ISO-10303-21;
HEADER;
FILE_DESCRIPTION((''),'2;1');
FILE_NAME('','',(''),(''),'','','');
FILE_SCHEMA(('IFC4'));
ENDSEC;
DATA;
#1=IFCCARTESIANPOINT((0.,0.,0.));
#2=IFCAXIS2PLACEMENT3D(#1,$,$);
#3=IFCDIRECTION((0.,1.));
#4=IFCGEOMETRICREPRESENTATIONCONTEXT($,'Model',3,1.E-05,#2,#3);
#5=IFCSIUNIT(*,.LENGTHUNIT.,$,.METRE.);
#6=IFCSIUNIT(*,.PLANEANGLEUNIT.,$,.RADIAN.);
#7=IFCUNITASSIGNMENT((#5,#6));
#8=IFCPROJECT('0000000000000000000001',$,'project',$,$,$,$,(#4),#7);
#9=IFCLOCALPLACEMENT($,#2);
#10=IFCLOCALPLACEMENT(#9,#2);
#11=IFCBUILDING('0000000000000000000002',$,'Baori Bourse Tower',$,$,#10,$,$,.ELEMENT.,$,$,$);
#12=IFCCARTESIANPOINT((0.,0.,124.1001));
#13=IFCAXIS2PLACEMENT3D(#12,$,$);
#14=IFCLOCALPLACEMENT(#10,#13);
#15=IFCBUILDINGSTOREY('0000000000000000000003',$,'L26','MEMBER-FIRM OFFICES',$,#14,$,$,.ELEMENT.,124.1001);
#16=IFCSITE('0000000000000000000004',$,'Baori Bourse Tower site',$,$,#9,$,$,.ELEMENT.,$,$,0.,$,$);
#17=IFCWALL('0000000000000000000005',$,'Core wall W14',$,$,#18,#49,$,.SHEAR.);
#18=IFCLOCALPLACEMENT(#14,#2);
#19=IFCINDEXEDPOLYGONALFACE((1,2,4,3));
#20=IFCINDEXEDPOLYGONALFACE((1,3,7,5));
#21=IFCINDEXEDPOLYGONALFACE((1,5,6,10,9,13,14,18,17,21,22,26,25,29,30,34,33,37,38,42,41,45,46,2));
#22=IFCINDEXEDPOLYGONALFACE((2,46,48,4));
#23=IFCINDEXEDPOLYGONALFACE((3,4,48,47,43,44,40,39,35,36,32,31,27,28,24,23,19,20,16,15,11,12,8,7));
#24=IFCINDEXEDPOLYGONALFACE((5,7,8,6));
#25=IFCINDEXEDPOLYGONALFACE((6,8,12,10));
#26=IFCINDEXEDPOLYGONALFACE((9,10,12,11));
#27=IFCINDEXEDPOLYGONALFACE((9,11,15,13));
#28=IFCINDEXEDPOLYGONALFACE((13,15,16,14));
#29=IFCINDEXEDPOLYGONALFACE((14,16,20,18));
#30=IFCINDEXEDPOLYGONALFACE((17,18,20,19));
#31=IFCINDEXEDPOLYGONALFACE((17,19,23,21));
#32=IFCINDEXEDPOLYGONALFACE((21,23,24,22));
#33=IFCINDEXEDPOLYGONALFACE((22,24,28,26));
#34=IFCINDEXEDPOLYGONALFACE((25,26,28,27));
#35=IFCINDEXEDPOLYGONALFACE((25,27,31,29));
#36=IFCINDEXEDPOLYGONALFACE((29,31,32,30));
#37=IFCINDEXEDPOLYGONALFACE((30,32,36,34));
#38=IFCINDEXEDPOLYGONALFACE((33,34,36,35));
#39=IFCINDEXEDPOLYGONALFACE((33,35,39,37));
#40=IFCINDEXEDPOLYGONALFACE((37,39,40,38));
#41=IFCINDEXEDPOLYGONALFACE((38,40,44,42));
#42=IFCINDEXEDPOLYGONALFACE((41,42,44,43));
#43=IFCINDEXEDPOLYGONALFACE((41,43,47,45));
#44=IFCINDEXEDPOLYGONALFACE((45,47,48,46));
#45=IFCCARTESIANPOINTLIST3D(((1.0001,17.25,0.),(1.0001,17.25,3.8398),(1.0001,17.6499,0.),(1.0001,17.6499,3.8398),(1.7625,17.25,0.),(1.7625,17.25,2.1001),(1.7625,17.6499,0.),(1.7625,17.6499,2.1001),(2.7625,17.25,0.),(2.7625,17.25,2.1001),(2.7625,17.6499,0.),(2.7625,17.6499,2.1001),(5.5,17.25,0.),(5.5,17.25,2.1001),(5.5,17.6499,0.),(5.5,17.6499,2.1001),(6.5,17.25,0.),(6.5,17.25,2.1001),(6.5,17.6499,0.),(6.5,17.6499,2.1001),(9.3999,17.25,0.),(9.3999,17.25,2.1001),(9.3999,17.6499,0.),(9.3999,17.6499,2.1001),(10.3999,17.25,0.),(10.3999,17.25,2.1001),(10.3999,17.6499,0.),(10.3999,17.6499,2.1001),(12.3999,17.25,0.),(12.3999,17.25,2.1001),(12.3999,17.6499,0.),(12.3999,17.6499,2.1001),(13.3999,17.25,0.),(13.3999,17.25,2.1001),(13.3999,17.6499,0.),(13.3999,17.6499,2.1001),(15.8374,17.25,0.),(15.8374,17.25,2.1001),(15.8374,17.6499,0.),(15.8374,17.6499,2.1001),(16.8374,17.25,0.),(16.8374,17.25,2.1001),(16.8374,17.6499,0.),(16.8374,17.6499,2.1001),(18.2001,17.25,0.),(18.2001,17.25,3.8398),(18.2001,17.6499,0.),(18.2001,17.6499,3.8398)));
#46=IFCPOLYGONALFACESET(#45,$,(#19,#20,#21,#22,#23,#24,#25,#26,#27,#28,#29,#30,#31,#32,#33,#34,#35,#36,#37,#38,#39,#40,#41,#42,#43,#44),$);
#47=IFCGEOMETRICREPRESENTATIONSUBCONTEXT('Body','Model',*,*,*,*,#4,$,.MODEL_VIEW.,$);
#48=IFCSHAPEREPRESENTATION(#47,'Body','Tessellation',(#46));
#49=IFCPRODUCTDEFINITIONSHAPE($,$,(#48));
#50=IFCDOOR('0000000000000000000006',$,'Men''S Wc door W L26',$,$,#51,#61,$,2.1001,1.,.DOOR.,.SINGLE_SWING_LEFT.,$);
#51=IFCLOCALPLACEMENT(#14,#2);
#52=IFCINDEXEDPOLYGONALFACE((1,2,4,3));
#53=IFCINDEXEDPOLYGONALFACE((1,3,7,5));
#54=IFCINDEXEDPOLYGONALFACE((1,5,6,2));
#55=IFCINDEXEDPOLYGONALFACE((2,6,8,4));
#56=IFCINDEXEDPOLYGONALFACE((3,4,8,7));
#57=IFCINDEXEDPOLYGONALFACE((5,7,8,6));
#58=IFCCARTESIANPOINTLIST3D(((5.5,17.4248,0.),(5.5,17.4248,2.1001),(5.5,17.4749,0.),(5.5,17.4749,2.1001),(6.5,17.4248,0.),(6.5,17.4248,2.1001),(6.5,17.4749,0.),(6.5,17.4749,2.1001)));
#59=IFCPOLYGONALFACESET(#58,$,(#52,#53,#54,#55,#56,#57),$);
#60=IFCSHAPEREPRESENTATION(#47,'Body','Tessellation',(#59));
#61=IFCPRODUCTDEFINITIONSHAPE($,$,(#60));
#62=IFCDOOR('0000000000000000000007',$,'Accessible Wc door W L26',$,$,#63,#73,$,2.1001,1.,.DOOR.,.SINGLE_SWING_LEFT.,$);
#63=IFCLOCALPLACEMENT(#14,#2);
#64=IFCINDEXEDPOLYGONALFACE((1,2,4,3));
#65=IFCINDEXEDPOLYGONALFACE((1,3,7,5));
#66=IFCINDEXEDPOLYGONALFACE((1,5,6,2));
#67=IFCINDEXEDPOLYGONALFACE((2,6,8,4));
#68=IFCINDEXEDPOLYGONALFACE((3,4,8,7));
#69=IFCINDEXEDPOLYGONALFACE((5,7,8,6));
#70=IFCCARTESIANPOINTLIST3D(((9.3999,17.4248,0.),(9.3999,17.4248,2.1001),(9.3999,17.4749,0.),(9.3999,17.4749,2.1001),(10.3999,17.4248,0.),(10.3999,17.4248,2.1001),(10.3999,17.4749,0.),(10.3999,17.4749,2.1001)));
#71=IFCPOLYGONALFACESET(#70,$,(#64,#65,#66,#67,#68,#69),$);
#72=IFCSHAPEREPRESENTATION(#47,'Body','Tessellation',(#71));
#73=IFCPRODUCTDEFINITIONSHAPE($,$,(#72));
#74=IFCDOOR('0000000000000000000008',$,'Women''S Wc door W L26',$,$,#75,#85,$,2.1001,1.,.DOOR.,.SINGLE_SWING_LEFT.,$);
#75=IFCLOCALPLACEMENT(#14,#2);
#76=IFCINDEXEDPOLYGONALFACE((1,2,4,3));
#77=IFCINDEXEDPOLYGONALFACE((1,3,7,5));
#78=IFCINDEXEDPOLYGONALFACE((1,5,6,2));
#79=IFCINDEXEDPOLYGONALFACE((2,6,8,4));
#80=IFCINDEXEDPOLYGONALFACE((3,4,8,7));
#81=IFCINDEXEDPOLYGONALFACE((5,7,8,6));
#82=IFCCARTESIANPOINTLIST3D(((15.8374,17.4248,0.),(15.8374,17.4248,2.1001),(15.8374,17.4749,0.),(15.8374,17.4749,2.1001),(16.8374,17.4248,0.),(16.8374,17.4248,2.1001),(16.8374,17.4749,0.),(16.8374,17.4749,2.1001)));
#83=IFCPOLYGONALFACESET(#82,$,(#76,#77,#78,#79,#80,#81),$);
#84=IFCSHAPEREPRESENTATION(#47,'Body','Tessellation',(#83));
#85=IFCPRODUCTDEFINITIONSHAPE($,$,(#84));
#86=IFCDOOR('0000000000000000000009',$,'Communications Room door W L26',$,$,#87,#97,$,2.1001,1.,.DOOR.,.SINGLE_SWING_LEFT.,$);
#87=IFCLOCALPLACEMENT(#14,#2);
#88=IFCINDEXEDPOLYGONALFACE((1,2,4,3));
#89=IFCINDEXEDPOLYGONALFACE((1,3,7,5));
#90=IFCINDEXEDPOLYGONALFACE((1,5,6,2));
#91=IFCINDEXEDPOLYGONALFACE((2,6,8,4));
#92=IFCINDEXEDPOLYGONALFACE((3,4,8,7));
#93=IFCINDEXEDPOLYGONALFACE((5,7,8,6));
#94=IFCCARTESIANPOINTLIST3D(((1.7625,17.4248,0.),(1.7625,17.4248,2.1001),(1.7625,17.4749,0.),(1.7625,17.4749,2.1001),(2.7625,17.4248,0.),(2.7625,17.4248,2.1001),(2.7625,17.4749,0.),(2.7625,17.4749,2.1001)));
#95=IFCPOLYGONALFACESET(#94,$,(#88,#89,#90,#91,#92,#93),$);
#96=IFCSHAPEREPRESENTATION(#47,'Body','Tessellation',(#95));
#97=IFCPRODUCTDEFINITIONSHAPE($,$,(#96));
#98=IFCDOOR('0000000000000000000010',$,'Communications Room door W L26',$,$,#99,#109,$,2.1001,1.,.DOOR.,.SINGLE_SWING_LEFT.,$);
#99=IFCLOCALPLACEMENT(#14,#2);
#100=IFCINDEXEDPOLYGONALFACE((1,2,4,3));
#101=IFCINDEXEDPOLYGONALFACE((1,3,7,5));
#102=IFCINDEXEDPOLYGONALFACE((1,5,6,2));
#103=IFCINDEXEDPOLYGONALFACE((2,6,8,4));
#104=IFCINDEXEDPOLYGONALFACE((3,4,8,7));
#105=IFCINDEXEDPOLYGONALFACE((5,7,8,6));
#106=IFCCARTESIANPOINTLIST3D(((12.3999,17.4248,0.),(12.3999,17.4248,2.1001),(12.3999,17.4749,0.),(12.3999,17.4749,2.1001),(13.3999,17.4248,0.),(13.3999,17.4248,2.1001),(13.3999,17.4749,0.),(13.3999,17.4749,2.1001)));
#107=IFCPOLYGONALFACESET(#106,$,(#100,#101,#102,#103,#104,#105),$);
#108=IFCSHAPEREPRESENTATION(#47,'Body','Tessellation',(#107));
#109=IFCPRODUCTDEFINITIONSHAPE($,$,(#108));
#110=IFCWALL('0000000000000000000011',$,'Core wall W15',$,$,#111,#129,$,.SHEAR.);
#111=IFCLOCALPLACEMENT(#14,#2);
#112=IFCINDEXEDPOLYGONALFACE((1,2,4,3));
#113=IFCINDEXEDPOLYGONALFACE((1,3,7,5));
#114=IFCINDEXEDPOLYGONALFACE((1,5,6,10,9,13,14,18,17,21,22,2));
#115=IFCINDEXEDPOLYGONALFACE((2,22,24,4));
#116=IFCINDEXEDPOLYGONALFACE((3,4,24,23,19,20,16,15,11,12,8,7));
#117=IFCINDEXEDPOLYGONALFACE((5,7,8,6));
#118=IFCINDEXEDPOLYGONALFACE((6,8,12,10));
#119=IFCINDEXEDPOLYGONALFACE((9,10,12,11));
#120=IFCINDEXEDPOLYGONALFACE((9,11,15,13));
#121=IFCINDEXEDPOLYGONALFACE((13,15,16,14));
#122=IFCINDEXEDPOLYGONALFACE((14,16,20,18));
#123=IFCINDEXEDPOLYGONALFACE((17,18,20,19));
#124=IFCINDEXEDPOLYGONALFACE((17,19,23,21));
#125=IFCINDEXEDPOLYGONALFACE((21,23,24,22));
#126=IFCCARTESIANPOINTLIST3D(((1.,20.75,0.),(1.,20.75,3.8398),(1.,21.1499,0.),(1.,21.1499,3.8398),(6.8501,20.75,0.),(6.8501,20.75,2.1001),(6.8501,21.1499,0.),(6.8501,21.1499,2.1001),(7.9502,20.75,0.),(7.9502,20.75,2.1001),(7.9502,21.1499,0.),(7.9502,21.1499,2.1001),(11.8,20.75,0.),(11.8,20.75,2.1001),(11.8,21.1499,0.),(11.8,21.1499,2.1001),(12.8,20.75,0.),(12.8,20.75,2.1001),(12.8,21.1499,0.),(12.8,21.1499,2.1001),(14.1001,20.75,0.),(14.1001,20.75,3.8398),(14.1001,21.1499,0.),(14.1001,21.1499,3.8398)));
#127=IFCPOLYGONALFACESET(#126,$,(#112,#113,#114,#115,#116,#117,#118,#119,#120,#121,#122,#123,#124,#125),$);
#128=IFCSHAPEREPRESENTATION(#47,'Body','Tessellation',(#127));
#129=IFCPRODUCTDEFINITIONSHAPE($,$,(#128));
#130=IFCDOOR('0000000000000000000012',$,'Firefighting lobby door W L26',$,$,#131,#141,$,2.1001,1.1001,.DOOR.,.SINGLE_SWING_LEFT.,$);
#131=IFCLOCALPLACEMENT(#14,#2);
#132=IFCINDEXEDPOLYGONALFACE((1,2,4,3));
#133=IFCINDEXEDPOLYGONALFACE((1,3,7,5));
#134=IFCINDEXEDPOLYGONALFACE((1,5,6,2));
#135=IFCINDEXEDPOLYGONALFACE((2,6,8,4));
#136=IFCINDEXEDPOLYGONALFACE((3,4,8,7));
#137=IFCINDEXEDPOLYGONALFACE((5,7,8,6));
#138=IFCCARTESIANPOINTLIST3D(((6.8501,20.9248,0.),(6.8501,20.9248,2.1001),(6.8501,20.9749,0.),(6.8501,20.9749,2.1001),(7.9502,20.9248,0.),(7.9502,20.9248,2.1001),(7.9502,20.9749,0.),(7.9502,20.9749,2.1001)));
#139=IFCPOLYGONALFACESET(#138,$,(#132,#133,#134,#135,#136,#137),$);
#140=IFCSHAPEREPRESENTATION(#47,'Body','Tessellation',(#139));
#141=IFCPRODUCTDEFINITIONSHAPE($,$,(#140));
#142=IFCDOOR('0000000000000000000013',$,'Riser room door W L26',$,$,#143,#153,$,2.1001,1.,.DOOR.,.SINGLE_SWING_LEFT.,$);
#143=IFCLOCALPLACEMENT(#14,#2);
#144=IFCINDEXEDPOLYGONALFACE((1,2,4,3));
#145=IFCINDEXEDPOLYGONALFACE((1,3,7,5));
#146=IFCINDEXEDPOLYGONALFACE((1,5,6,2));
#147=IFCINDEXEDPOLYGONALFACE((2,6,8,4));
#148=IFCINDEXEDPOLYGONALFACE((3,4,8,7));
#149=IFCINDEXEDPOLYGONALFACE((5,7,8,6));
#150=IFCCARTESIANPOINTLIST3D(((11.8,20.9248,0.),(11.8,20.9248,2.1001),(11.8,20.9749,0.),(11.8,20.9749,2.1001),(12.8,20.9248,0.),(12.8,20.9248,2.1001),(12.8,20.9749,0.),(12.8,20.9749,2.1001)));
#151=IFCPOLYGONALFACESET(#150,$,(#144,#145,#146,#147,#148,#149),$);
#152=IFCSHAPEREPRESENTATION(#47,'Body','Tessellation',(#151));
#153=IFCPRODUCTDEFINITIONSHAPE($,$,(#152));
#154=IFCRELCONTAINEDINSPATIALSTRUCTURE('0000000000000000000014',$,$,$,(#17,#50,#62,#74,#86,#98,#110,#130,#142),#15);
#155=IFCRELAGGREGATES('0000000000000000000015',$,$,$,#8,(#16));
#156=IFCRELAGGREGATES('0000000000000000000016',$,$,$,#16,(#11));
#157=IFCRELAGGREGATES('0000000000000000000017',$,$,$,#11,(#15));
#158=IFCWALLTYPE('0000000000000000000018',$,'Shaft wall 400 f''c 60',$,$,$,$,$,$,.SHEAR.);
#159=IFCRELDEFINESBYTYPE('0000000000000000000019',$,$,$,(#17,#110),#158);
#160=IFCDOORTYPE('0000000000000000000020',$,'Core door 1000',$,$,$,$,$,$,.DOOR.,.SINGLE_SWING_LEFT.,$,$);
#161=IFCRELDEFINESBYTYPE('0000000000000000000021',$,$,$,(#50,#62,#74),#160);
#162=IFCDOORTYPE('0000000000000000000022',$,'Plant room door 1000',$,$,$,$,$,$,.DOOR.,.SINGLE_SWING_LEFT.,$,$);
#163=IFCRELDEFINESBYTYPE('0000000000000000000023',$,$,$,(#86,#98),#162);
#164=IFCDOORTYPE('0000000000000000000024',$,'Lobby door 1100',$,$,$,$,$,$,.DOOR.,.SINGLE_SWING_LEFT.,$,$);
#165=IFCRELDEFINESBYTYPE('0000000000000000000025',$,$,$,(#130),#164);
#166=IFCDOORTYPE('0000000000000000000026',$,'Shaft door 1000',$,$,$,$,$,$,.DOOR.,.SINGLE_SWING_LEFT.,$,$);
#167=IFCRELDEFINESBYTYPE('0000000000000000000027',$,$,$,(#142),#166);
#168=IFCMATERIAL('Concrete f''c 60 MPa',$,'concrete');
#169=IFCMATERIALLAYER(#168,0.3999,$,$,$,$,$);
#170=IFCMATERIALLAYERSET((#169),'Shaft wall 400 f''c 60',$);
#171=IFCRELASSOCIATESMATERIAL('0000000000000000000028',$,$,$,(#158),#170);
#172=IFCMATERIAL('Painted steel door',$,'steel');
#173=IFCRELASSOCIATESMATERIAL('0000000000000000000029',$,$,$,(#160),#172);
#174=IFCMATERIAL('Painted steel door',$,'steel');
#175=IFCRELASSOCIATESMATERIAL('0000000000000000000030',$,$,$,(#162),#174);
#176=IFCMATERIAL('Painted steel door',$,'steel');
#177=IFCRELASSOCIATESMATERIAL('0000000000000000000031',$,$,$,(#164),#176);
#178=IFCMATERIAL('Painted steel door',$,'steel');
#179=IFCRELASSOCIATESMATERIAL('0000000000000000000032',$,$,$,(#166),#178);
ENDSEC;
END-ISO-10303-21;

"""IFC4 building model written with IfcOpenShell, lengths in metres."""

from ifc_helpers import new_model, si_unit, direction, frame, frame_2d, origin, place, context, subcontext, project, spatial, rectangle, extrude, material, layer, layer_set, type_object, element, fill, save


model = new_model("IFC4")

# Units and contexts
model_context = context("Model", 3, precision=1e-05, world=origin(), true_north=direction((0.0, 1.0)))
body_context = subcontext(model_context, "Body", "Model", "MODEL_VIEW")
ifc_project = project(units=[si_unit("LENGTHUNIT", "METRE"), si_unit("PLANEANGLEUNIT", "RADIAN")], contexts=[model_context])

# Site, building, storey
site_placement = place(None, origin())
site = spatial("IfcSite", under=ifc_project, at=site_placement, Name="Baori Bourse Tower site", CompositionType="ELEMENT", RefElevation=0.0)
building_placement = place(site_placement, origin())
building = spatial("IfcBuilding", under=site, at=building_placement, Name="Baori Bourse Tower", CompositionType="ELEMENT")
storey_placement = place(building_placement, frame((0.0, 0.0, 124.1001)))
storey = spatial("IfcBuildingStorey", under=building, at=storey_placement, Name="L26", Description="MEMBER-FIRM OFFICES", CompositionType="ELEMENT", Elevation=124.1001)

# Shared definitions
ifc_material_1 = material(Name="Concrete f'c 60 MPa", Category="concrete")
ifc_layer_1 = layer(ifc_material_1, 0.3999)
ifc_layer_set_1 = layer_set([ifc_layer_1], Name="Shaft wall 400 f'c 60")
wall_type_1 = type_object("IfcWallType", Name="Shaft wall 400 f'c 60", PredefinedType="SHEAR", material=ifc_layer_set_1)

# Walls, openings, doors
wall_1_placement = place(storey_placement, frame((1.0, 17.45, 0.0), z_axis=(0.0, 0.0, 1.0), x_axis=(1.0, 0.0, 0.0)))
wall_1 = element("IfcWall", 1, at=wall_1_placement, inside=storey, type_object=wall_type_1, Name="Core wall W14", PredefinedType="SHEAR", context=body_context, shape_type="SweptSolid", body=[
    extrude(rectangle(XDim=17.2, YDim=0.3999, at=frame_2d((8.6001, 0.0))), origin(), (0.0, 0.0, 1.0), 3.8398),
])
opening_1_placement = place(wall_1_placement, frame((0.7625, 0.0, 0.0)))
opening_1 = element("IfcOpeningElement", 2, at=opening_1_placement, cuts=wall_1, PredefinedType="OPENING", context=body_context, shape_type="SweptSolid", body=[
    extrude(rectangle(XDim=1.0, YDim=2.1001, at=frame_2d((0.5, 1.05))), frame((0.0, 0.21, 0.0), z_axis=(0.0, -1.0, 0.0), x_axis=(1.0, 0.0, 0.0)), (0.0, 0.0, 1.0), 0.4199),
])
opening_2_placement = place(wall_1_placement, frame((4.5, 0.0, 0.0)))
opening_2 = element("IfcOpeningElement", 3, at=opening_2_placement, cuts=wall_1, PredefinedType="OPENING", context=body_context, shape_type="SweptSolid", body=[
    extrude(rectangle(XDim=1.0, YDim=2.1001, at=frame_2d((0.5, 1.05))), frame((0.0, 0.21, 0.0), z_axis=(0.0, -1.0, 0.0), x_axis=(1.0, 0.0, 0.0)), (0.0, 0.0, 1.0), 0.4199),
])
opening_3_placement = place(wall_1_placement, frame((8.3999, 0.0, 0.0)))
opening_3 = element("IfcOpeningElement", 4, at=opening_3_placement, cuts=wall_1, PredefinedType="OPENING", context=body_context, shape_type="SweptSolid", body=[
    extrude(rectangle(XDim=1.0, YDim=2.1001, at=frame_2d((0.5, 1.05))), frame((0.0, 0.21, 0.0), z_axis=(0.0, -1.0, 0.0), x_axis=(1.0, 0.0, 0.0)), (0.0, 0.0, 1.0), 0.4199),
])
opening_4_placement = place(wall_1_placement, frame((11.3999, 0.0, 0.0)))
opening_4 = element("IfcOpeningElement", 5, at=opening_4_placement, cuts=wall_1, PredefinedType="OPENING", context=body_context, shape_type="SweptSolid", body=[
    extrude(rectangle(XDim=1.0, YDim=2.1001, at=frame_2d((0.5, 1.05))), frame((0.0, 0.21, 0.0), z_axis=(0.0, -1.0, 0.0), x_axis=(1.0, 0.0, 0.0)), (0.0, 0.0, 1.0), 0.4199),
])
opening_5_placement = place(wall_1_placement, frame((14.8374, 0.0, 0.0)))
opening_5 = element("IfcOpeningElement", 6, at=opening_5_placement, cuts=wall_1, PredefinedType="OPENING", context=body_context, shape_type="SweptSolid", body=[
    extrude(rectangle(XDim=1.0, YDim=2.1001, at=frame_2d((0.5, 1.05))), frame((0.0, 0.21, 0.0), z_axis=(0.0, -1.0, 0.0), x_axis=(1.0, 0.0, 0.0)), (0.0, 0.0, 1.0), 0.4199),
])
ifc_material_2 = material(Name="Painted steel door", Category="steel")
door_type_1 = type_object("IfcDoorType", Name="Core door 1000", OperationType="SINGLE_SWING_LEFT", PredefinedType="DOOR", material=ifc_material_2)
door_1_placement = place(opening_2_placement, origin())
door_1 = element("IfcDoor", 7, at=door_1_placement, inside=storey, type_object=door_type_1, Name="Men'S Wc door W L26", OperationType="SINGLE_SWING_LEFT", OverallHeight=2.1001, OverallWidth=1.0, PredefinedType="DOOR", context=body_context, shape_type="SweptSolid", body=[
    extrude(rectangle(XDim=1.0, YDim=2.1001, at=frame_2d((0.5, 1.05))), frame((0.0, 0.0249, 0.0), z_axis=(0.0, -1.0, 0.0), x_axis=(1.0, 0.0, 0.0)), (0.0, 0.0, 1.0), 0.05),
])
fill(opening_2, door_1)
door_2_placement = place(opening_3_placement, origin())
door_2 = element("IfcDoor", 8, at=door_2_placement, inside=storey, type_object=door_type_1, Name="Accessible Wc door W L26", OperationType="SINGLE_SWING_LEFT", OverallHeight=2.1001, OverallWidth=1.0, PredefinedType="DOOR", context=body_context, shape_type="SweptSolid", body=[
    extrude(rectangle(XDim=1.0, YDim=2.1001, at=frame_2d((0.5, 1.05))), frame((0.0, 0.0249, 0.0), z_axis=(0.0, -1.0, 0.0), x_axis=(1.0, 0.0, 0.0)), (0.0, 0.0, 1.0), 0.05),
])
fill(opening_3, door_2)
door_3_placement = place(opening_5_placement, origin())
door_3 = element("IfcDoor", 9, at=door_3_placement, inside=storey, type_object=door_type_1, Name="Women'S Wc door W L26", OperationType="SINGLE_SWING_LEFT", OverallHeight=2.1001, OverallWidth=1.0, PredefinedType="DOOR", context=body_context, shape_type="SweptSolid", body=[
    extrude(rectangle(XDim=1.0, YDim=2.1001, at=frame_2d((0.5, 1.05))), frame((0.0, 0.0249, 0.0), z_axis=(0.0, -1.0, 0.0), x_axis=(1.0, 0.0, 0.0)), (0.0, 0.0, 1.0), 0.05),
])
fill(opening_5, door_3)
ifc_material_3 = material(Name="Painted steel door", Category="steel")
door_type_2 = type_object("IfcDoorType", Name="Plant room door 1000", OperationType="SINGLE_SWING_LEFT", PredefinedType="DOOR", material=ifc_material_3)
door_4_placement = place(opening_1_placement, origin())
door_4 = element("IfcDoor", 10, at=door_4_placement, inside=storey, type_object=door_type_2, Name="Communications Room door W L26", OperationType="SINGLE_SWING_LEFT", OverallHeight=2.1001, OverallWidth=1.0, PredefinedType="DOOR", context=body_context, shape_type="SweptSolid", body=[
    extrude(rectangle(XDim=1.0, YDim=2.1001, at=frame_2d((0.5, 1.05))), frame((0.0, 0.0249, 0.0), z_axis=(0.0, -1.0, 0.0), x_axis=(1.0, 0.0, 0.0)), (0.0, 0.0, 1.0), 0.05),
])
fill(opening_1, door_4)
door_5_placement = place(opening_4_placement, origin())
door_5 = element("IfcDoor", 11, at=door_5_placement, inside=storey, type_object=door_type_2, Name="Communications Room door W L26", OperationType="SINGLE_SWING_LEFT", OverallHeight=2.1001, OverallWidth=1.0, PredefinedType="DOOR", context=body_context, shape_type="SweptSolid", body=[
    extrude(rectangle(XDim=1.0, YDim=2.1001, at=frame_2d((0.5, 1.05))), frame((0.0, 0.0249, 0.0), z_axis=(0.0, -1.0, 0.0), x_axis=(1.0, 0.0, 0.0)), (0.0, 0.0, 1.0), 0.05),
])
fill(opening_4, door_5)
wall_2_placement = place(storey_placement, frame((1.0, 20.95, 0.0), z_axis=(0.0, 0.0, 1.0), x_axis=(1.0, 0.0, 0.0)))
wall_2 = element("IfcWall", 12, at=wall_2_placement, inside=storey, type_object=wall_type_1, Name="Core wall W15", PredefinedType="SHEAR", context=body_context, shape_type="SweptSolid", body=[
    extrude(rectangle(XDim=13.1001, YDim=0.3999, at=frame_2d((6.55, 0.0))), origin(), (0.0, 0.0, 1.0), 3.8398),
])
opening_6_placement = place(wall_2_placement, frame((5.8501, 0.0, 0.0)))
opening_6 = element("IfcOpeningElement", 13, at=opening_6_placement, cuts=wall_2, PredefinedType="OPENING", context=body_context, shape_type="SweptSolid", body=[
    extrude(rectangle(XDim=1.1001, YDim=2.1001, at=frame_2d((0.55, 1.05))), frame((0.0, 0.21, 0.0), z_axis=(0.0, -1.0, 0.0), x_axis=(1.0, 0.0, 0.0)), (0.0, 0.0, 1.0), 0.4199),
])
opening_7_placement = place(wall_2_placement, frame((10.8, 0.0, 0.0)))
opening_7 = element("IfcOpeningElement", 14, at=opening_7_placement, cuts=wall_2, PredefinedType="OPENING", context=body_context, shape_type="SweptSolid", body=[
    extrude(rectangle(XDim=1.0, YDim=2.1001, at=frame_2d((0.5, 1.05))), frame((0.0, 0.21, 0.0), z_axis=(0.0, -1.0, 0.0), x_axis=(1.0, 0.0, 0.0)), (0.0, 0.0, 1.0), 0.4199),
])
ifc_material_4 = material(Name="Painted steel door", Category="steel")
door_type_3 = type_object("IfcDoorType", Name="Lobby door 1100", OperationType="SINGLE_SWING_LEFT", PredefinedType="DOOR", material=ifc_material_4)
door_6_placement = place(opening_6_placement, origin())
door_6 = element("IfcDoor", 15, at=door_6_placement, inside=storey, type_object=door_type_3, Name="Firefighting lobby door W L26", OperationType="SINGLE_SWING_LEFT", OverallHeight=2.1001, OverallWidth=1.1001, PredefinedType="DOOR", context=body_context, shape_type="SweptSolid", body=[
    extrude(rectangle(XDim=1.1001, YDim=2.1001, at=frame_2d((0.55, 1.05))), frame((0.0, 0.0249, 0.0), z_axis=(0.0, -1.0, 0.0), x_axis=(1.0, 0.0, 0.0)), (0.0, 0.0, 1.0), 0.05),
])
fill(opening_6, door_6)
ifc_material_5 = material(Name="Painted steel door", Category="steel")
door_type_4 = type_object("IfcDoorType", Name="Shaft door 1000", OperationType="SINGLE_SWING_LEFT", PredefinedType="DOOR", material=ifc_material_5)
door_7_placement = place(opening_7_placement, origin())
door_7 = element("IfcDoor", 16, at=door_7_placement, inside=storey, type_object=door_type_4, Name="Riser room door W L26", OperationType="SINGLE_SWING_LEFT", OverallHeight=2.1001, OverallWidth=1.0, PredefinedType="DOOR", context=body_context, shape_type="SweptSolid", body=[
    extrude(rectangle(XDim=1.0, YDim=2.1001, at=frame_2d((0.5, 1.05))), frame((0.0, 0.0249, 0.0), z_axis=(0.0, -1.0, 0.0), x_axis=(1.0, 0.0, 0.0)), (0.0, 0.0, 1.0), 0.05),
])
fill(opening_7, door_7)

save(model, "model.ifc")
